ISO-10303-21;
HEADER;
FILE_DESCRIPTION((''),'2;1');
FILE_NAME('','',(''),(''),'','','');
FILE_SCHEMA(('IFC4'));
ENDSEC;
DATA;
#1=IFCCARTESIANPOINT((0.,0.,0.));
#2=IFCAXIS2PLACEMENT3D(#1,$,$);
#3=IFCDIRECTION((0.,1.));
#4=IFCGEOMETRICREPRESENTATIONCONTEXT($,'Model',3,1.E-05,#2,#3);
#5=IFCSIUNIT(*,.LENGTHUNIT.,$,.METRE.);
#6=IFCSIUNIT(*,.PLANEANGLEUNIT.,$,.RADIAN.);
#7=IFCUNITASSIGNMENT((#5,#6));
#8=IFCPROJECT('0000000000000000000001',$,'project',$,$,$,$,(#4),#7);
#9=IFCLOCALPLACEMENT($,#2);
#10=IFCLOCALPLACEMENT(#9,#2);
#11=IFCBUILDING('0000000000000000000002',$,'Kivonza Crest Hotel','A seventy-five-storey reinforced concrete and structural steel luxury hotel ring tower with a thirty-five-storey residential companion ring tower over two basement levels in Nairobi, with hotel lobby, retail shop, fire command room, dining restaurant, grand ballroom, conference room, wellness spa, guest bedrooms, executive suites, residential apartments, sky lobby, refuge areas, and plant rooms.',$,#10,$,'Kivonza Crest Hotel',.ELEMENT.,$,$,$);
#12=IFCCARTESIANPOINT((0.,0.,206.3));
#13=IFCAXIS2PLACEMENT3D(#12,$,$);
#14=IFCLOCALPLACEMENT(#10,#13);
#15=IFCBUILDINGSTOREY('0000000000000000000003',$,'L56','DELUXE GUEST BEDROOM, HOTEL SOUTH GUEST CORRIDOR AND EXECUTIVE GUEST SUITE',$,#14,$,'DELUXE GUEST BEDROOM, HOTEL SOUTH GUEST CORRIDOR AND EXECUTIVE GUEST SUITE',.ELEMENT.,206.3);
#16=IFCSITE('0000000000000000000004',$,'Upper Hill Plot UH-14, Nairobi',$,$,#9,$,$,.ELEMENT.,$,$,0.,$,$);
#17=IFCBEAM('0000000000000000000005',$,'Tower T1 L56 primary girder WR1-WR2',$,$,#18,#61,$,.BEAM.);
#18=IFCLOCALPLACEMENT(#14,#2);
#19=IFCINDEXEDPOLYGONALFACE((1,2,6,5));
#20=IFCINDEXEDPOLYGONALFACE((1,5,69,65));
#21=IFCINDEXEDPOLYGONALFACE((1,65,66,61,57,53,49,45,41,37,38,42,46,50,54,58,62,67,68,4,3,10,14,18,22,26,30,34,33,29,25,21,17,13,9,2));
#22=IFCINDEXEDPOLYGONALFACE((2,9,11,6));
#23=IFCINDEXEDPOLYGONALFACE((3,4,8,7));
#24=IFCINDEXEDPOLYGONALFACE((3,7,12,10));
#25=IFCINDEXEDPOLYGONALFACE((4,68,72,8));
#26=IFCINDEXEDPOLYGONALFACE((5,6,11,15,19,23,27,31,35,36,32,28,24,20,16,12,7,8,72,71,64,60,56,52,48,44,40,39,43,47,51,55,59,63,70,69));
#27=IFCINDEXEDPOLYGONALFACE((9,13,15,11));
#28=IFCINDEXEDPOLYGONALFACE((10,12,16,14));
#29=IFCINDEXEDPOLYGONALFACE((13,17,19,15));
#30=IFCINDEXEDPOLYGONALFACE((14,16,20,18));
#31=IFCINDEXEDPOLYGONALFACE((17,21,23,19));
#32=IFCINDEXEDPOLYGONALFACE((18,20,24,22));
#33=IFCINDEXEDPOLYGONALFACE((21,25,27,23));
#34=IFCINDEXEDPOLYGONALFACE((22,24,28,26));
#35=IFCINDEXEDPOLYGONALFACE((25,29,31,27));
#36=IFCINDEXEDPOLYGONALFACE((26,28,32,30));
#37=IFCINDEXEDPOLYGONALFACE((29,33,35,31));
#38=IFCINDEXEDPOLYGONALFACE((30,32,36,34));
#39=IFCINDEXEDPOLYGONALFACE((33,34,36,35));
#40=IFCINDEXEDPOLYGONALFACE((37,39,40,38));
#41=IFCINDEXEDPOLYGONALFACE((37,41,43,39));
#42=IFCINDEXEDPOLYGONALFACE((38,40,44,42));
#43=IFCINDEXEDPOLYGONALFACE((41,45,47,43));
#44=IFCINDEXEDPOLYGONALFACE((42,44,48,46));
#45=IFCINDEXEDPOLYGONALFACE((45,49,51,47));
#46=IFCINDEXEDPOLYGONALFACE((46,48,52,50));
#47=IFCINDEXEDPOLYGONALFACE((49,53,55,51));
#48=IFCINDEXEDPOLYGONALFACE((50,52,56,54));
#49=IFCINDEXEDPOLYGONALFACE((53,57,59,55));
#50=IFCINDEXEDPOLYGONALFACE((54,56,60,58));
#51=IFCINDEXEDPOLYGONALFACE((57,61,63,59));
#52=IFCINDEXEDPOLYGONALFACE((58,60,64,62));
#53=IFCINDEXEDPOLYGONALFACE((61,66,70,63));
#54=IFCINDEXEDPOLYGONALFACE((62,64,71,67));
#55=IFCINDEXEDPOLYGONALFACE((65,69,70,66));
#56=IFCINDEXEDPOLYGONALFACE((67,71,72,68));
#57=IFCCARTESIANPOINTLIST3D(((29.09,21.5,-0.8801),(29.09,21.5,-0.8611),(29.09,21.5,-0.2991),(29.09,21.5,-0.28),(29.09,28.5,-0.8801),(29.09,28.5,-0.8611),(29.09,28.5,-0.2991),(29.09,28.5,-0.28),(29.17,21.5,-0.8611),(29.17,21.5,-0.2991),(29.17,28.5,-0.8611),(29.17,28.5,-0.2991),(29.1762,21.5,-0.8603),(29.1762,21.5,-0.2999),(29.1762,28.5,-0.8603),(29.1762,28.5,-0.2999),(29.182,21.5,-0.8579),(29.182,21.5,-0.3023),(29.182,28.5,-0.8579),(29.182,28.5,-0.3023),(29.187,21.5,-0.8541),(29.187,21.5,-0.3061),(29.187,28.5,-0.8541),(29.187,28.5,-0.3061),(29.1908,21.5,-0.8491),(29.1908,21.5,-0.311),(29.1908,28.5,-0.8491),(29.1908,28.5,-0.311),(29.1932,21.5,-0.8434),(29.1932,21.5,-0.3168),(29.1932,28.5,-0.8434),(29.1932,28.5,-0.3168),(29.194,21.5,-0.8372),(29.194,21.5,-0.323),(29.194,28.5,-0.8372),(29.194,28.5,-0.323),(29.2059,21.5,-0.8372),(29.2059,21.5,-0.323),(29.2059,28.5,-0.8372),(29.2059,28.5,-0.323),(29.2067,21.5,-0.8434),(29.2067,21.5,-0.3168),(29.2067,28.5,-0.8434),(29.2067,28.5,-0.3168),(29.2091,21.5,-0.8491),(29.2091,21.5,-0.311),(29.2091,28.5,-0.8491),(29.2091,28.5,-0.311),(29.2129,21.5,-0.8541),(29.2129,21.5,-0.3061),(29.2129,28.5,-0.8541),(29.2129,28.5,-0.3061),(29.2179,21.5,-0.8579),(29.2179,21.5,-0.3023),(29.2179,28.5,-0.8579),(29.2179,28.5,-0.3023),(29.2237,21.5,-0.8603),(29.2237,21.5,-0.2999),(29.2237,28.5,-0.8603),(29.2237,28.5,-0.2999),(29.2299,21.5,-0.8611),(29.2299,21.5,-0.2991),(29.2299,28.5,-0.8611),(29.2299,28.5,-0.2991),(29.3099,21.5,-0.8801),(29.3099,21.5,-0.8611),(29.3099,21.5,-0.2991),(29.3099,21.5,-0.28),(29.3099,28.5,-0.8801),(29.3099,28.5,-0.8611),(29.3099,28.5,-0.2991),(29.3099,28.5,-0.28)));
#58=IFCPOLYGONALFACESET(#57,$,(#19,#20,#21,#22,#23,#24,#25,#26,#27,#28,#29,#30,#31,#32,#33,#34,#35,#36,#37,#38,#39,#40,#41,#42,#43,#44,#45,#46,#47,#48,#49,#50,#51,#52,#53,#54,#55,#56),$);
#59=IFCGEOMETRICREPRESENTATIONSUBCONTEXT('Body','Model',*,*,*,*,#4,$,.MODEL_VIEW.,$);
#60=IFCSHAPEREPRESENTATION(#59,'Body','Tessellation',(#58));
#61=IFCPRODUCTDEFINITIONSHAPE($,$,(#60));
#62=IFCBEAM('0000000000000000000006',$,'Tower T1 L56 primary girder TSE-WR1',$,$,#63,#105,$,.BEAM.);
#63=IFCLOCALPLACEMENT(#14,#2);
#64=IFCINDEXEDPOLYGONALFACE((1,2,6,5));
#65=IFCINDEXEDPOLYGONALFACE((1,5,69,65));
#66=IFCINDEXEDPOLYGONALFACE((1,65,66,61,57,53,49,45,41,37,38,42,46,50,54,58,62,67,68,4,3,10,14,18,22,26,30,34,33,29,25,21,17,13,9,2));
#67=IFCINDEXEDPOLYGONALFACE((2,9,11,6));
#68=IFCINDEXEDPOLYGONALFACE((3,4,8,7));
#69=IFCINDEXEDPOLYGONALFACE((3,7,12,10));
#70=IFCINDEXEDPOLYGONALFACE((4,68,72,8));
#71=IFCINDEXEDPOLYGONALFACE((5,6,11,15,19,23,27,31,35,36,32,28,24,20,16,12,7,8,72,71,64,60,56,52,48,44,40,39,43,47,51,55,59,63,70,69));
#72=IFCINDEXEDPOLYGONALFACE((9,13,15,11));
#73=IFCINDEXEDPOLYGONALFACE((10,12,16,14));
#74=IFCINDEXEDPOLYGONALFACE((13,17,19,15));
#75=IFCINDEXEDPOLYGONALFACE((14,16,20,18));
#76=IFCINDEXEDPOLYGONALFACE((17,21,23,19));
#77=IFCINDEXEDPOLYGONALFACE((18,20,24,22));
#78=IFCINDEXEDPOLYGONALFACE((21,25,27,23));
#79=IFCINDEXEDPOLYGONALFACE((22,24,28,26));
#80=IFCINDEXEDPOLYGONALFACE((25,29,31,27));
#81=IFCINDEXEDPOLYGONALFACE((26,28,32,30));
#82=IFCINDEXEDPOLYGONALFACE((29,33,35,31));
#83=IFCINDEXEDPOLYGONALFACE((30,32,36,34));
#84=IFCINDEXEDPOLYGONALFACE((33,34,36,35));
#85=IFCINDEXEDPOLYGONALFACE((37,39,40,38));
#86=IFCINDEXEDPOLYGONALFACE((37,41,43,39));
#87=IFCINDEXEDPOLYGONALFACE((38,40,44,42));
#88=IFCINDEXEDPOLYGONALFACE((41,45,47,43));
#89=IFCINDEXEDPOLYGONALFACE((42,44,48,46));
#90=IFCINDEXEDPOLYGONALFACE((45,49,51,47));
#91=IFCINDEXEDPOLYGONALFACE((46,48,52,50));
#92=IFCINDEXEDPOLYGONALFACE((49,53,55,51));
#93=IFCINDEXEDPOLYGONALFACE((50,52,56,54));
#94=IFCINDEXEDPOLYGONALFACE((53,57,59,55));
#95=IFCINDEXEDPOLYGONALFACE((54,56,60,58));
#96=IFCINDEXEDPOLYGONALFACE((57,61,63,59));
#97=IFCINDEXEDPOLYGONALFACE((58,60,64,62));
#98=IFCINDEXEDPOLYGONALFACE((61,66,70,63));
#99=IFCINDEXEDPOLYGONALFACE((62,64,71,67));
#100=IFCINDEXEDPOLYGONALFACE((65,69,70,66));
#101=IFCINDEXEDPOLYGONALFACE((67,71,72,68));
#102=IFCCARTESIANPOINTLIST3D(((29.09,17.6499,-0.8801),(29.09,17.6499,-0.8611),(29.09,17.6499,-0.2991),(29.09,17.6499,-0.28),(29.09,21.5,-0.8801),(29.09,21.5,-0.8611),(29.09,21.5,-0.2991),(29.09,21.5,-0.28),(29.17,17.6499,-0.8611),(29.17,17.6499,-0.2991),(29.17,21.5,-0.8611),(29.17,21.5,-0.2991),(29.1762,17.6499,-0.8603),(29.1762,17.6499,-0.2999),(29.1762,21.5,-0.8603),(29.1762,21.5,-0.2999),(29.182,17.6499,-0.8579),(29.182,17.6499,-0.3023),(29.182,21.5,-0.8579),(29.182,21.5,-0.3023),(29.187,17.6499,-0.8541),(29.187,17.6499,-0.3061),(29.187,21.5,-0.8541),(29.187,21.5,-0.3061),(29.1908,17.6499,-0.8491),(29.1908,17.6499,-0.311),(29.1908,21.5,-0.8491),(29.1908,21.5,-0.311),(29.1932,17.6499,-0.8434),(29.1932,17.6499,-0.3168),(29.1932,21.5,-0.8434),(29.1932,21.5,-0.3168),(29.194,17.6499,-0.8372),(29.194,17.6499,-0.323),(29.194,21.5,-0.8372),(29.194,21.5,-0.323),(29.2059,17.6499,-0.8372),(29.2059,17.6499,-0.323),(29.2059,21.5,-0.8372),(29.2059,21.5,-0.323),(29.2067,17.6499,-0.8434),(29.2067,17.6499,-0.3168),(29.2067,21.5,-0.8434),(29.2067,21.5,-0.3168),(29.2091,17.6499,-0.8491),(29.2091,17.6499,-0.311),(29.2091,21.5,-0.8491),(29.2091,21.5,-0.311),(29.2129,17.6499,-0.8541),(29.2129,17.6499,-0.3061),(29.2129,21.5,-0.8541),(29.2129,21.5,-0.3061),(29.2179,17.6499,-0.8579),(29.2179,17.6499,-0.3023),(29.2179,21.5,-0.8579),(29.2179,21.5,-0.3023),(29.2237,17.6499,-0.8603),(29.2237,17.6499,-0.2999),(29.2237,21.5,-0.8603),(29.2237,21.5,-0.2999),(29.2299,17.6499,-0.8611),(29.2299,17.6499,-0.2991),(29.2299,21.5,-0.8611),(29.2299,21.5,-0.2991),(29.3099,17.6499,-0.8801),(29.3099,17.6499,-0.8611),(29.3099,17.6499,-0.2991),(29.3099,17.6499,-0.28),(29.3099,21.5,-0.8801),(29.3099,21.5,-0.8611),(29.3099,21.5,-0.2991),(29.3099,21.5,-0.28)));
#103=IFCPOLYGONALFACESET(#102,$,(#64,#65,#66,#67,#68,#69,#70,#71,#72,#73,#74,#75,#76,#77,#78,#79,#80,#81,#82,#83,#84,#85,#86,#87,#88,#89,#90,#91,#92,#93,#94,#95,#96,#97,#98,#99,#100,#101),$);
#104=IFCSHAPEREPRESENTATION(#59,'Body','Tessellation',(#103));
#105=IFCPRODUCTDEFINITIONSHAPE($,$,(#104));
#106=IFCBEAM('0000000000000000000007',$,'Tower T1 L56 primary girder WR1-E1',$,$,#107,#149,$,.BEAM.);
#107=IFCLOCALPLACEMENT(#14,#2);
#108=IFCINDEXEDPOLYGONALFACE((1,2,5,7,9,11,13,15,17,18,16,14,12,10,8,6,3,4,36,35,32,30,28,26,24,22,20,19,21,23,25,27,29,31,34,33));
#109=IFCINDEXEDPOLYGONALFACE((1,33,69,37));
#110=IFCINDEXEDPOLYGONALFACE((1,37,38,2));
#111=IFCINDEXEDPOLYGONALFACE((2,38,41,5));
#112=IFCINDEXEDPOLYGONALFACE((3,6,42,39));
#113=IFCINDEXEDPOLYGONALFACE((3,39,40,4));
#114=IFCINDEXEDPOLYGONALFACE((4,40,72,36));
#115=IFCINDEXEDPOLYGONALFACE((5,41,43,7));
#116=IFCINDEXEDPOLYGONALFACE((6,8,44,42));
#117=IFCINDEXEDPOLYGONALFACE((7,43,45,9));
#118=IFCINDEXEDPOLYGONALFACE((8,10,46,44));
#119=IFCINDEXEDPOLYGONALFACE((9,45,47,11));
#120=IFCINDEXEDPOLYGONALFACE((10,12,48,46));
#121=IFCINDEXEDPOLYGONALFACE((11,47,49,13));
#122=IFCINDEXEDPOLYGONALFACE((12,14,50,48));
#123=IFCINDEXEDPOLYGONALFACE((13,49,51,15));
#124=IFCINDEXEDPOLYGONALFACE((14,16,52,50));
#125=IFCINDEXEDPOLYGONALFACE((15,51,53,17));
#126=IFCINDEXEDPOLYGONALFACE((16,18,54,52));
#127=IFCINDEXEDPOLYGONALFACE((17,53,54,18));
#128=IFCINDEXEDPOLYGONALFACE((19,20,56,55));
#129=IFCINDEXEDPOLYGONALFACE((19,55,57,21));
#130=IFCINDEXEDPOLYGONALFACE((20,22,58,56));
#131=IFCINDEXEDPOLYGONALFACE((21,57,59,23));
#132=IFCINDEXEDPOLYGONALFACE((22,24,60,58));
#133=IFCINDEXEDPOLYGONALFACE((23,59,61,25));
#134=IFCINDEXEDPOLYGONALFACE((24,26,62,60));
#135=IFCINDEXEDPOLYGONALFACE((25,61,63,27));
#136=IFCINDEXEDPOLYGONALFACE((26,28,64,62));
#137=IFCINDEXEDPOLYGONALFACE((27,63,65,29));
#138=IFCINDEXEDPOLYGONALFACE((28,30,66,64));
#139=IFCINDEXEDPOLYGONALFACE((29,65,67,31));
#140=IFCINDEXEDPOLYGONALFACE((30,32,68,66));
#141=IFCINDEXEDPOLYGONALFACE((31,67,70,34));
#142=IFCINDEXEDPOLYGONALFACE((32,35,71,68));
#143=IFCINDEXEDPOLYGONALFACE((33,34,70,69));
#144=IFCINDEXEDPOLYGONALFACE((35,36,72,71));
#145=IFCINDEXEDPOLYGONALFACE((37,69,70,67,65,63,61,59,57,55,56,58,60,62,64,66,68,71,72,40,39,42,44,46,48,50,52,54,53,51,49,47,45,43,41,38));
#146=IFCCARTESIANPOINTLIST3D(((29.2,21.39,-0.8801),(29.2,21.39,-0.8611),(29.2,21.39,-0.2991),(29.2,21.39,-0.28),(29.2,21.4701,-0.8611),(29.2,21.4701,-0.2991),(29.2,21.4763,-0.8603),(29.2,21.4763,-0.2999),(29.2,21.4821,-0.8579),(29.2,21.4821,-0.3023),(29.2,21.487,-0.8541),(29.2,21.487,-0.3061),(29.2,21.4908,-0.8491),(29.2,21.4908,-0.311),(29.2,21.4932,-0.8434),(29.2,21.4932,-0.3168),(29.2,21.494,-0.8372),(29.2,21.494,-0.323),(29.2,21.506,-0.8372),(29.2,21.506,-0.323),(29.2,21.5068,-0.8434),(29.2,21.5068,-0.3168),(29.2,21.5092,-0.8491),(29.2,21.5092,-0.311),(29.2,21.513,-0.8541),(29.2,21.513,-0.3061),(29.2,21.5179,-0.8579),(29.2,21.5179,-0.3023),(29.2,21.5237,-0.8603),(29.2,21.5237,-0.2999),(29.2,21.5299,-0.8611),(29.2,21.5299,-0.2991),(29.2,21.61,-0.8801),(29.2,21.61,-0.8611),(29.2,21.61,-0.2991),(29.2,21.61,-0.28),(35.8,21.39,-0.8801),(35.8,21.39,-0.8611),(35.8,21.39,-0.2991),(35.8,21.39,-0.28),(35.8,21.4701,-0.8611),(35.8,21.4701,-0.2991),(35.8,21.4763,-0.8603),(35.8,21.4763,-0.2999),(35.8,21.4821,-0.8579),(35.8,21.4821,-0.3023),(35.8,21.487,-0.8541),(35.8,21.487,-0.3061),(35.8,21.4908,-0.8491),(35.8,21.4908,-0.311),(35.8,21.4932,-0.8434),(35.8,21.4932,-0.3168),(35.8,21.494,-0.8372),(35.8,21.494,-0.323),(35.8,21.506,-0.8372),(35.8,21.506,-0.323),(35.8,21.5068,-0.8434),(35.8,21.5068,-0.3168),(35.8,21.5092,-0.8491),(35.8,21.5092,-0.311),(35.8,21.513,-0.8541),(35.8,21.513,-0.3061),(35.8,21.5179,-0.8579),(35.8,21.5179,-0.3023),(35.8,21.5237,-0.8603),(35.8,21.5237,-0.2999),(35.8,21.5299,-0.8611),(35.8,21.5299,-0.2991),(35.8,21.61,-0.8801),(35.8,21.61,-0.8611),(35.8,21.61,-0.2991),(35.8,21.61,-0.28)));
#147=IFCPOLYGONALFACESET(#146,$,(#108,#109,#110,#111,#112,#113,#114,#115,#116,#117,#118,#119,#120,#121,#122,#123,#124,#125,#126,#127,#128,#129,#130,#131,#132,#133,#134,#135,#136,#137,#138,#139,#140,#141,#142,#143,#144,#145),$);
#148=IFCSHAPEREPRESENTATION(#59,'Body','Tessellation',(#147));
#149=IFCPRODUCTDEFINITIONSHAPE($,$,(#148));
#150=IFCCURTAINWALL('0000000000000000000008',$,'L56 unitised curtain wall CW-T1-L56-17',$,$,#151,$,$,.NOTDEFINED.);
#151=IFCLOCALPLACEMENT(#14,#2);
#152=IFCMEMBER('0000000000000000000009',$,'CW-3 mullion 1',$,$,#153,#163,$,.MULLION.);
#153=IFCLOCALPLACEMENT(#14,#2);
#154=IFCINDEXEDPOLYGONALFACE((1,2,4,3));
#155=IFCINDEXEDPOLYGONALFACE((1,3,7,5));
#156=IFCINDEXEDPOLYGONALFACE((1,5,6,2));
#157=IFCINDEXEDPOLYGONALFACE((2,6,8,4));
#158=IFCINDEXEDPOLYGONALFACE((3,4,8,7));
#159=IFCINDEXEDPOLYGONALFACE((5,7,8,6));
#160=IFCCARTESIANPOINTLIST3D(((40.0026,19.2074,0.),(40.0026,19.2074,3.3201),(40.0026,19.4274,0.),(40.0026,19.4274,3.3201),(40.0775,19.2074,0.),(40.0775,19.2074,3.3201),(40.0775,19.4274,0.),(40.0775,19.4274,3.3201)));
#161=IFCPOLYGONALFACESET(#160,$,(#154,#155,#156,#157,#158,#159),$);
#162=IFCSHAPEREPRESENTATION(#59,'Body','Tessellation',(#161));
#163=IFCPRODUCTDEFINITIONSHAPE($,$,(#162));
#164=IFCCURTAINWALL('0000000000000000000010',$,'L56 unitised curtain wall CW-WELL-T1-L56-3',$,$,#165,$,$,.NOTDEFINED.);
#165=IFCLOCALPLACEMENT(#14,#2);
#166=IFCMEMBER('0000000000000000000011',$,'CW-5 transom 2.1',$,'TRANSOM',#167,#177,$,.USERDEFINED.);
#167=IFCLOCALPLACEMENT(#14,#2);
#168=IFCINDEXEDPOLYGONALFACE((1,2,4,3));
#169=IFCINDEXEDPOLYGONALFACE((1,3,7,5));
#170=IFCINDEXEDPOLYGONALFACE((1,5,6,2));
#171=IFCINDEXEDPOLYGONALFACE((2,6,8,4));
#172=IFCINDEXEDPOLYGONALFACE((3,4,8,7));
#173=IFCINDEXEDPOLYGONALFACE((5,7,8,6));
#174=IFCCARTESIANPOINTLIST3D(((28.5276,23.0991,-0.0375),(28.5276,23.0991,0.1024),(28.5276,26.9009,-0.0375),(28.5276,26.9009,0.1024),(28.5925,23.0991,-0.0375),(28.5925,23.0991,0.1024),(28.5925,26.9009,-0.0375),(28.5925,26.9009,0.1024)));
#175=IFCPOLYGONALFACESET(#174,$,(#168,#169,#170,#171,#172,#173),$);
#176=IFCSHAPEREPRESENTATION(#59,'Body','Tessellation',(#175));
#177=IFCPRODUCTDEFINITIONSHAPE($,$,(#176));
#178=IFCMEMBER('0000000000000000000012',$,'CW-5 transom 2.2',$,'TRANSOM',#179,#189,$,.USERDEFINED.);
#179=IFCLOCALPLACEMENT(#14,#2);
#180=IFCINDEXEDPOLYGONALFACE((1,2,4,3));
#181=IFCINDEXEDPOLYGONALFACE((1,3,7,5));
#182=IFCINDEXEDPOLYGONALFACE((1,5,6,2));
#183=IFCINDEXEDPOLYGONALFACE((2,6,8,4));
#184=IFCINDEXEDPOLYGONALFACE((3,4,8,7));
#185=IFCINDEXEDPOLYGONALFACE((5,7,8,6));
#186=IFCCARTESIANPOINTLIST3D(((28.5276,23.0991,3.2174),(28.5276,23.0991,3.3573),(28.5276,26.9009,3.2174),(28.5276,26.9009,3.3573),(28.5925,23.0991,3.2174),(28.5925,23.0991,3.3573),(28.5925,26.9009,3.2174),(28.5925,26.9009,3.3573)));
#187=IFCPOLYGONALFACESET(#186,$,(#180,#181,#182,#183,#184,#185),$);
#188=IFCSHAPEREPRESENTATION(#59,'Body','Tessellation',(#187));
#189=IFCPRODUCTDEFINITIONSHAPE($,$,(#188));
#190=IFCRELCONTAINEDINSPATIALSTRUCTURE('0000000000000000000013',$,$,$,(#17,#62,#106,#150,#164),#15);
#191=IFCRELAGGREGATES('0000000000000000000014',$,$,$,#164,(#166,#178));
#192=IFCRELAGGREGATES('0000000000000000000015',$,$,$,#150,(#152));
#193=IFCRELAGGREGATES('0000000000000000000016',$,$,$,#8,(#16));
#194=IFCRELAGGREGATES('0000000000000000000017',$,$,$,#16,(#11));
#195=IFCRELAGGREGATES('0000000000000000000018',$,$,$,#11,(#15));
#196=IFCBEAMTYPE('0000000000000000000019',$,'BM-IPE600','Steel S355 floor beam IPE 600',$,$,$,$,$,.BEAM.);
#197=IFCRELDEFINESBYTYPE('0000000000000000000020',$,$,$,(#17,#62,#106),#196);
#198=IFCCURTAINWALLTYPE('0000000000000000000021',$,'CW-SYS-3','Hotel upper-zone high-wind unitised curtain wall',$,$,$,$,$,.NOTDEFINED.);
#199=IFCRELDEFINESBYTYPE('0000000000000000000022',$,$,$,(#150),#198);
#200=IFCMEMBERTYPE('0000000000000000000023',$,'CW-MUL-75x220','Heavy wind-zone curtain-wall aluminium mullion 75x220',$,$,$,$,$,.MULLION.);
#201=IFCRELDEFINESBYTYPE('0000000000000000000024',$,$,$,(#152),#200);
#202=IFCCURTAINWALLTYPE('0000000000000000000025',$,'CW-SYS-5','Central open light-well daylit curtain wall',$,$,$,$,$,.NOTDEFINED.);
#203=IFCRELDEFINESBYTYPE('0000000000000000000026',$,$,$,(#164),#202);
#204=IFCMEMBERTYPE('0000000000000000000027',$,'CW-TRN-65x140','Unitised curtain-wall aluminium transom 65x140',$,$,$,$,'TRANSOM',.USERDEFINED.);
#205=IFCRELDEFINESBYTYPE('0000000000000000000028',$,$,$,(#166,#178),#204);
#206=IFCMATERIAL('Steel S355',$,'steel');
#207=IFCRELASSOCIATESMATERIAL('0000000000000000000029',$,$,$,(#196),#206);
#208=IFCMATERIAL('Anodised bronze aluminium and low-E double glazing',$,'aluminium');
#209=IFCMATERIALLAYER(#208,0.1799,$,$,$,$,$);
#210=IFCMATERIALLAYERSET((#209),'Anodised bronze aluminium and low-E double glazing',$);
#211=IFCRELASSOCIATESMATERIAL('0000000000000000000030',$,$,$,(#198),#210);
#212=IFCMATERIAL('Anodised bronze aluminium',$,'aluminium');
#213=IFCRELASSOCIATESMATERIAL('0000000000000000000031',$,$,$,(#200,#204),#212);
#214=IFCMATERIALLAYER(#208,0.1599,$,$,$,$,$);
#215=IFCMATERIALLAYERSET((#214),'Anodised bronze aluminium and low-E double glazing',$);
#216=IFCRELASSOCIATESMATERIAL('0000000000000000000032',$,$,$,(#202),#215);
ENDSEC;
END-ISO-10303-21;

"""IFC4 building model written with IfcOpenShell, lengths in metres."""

from ifc_helpers import new_model, si_unit, direction, frame, origin, origin_2d, place, context, subcontext, project, spatial, rectangle, i_section, extrude, material, layer, layer_set, material_profile, profile_set, type_object, element, aggregate, save


model = new_model("IFC4")

# Units and contexts
model_context = context("Model", 3, precision=1e-05, world=origin(), true_north=direction((0.0, 1.0)))
body_context = subcontext(model_context, "Body", "Model", "MODEL_VIEW")
ifc_project = project(units=[si_unit("LENGTHUNIT", "METRE"), si_unit("PLANEANGLEUNIT", "RADIAN")], contexts=[model_context])

# Site, building, storey
site_placement = place(None, origin())
site = spatial("IfcSite", under=ifc_project, at=site_placement, Name="Upper Hill Plot UH-14, Nairobi", CompositionType="ELEMENT", RefElevation=0.0)
building_placement = place(site_placement, origin())
building = spatial("IfcBuilding", under=site, at=building_placement, Name="Kivonza Crest Hotel", Description="A seventy-five-storey reinforced concrete and structural steel luxury hotel ring tower with a thirty-five-storey residential companion ring tower over two basement levels in Nairobi, with hotel lobby, retail shop, fire command room, dining restaurant, grand ballroom, conference room, wellness spa, guest bedrooms, executive suites, residential apartments, sky lobby, refuge areas, and plant rooms.", LongName="Kivonza Crest Hotel", CompositionType="ELEMENT")
storey_placement = place(building_placement, frame((0.0, 0.0, 206.3)))
storey = spatial("IfcBuildingStorey", under=building, at=storey_placement, Name="L56", Description="DELUXE GUEST BEDROOM, HOTEL SOUTH GUEST CORRIDOR AND EXECUTIVE GUEST SUITE", LongName="DELUXE GUEST BEDROOM, HOTEL SOUTH GUEST CORRIDOR AND EXECUTIVE GUEST SUITE", CompositionType="ELEMENT", Elevation=206.3)

# Beams
ifc_material_1 = material(Name="Steel S355", Category="steel")
ifc_material_profile_1 = material_profile(ifc_material_1, i_section(OverallWidth=0.22, OverallDepth=0.6001, WebThickness=0.012, FlangeThickness=0.019, FilletRadius=0.0239, at=origin_2d()), Name="IPE 600")
ifc_profile_set_1 = profile_set([ifc_material_profile_1], Name="Steel S355")
beam_type_1 = type_object("IfcBeamType", Name="BM-IPE600", Description="Steel S355 floor beam IPE 600", PredefinedType="BEAM", material=ifc_profile_set_1)
beam_1_placement = place(storey_placement, frame((29.2, 21.5, -0.5801), z_axis=(0.0, 1.0, 0.0), x_axis=(-1.0, 0.0, 0.0)))
element("IfcBeam", 1, at=beam_1_placement, inside=storey, type_object=beam_type_1, Name="Tower T1 L56 primary girder WR1-WR2", PredefinedType="BEAM", context=body_context, shape_type="SweptSolid", body=[
    extrude(i_section(OverallWidth=0.22, OverallDepth=0.6001, WebThickness=0.012, FlangeThickness=0.019, FilletRadius=0.0239, at=origin_2d()), origin(), (0.0, 0.0, 1.0), 7.0),
])
beam_2_placement = place(storey_placement, frame((29.2, 17.6499, -0.5801), z_axis=(0.0, 1.0, 0.0), x_axis=(-1.0, 0.0, 0.0)))
element("IfcBeam", 2, at=beam_2_placement, inside=storey, type_object=beam_type_1, Name="Tower T1 L56 primary girder TSE-WR1", PredefinedType="BEAM", context=body_context, shape_type="SweptSolid", body=[
    extrude(i_section(OverallWidth=0.22, OverallDepth=0.6001, WebThickness=0.012, FlangeThickness=0.019, FilletRadius=0.0239, at=origin_2d()), origin(), (0.0, 0.0, 1.0), 3.8501),
])
beam_3_placement = place(storey_placement, frame((29.2, 21.5, -0.5801), z_axis=(1.0, 0.0, 0.0), x_axis=(0.0, 1.0, 0.0)))
element("IfcBeam", 3, at=beam_3_placement, inside=storey, type_object=beam_type_1, Name="Tower T1 L56 primary girder WR1-E1", PredefinedType="BEAM", context=body_context, shape_type="SweptSolid", body=[
    extrude(i_section(OverallWidth=0.22, OverallDepth=0.6001, WebThickness=0.012, FlangeThickness=0.019, FilletRadius=0.0239, at=origin_2d()), origin(), (0.0, 0.0, 1.0), 6.6001),
])

# Curtain wall, member
ifc_material_2 = material(Name="Anodised bronze aluminium and low-E double glazing", Category="aluminium")
ifc_layer_1 = layer(ifc_material_2, 0.1799)
ifc_layer_set_1 = layer_set([ifc_layer_1], Name="Anodised bronze aluminium and low-E double glazing")
curtain_wall_type_1 = type_object("IfcCurtainWallType", Name="CW-SYS-3", Description="Hotel upper-zone high-wind unitised curtain wall", PredefinedType="NOTDEFINED", material=ifc_layer_set_1)
curtain_wall_1_placement = place(storey_placement, origin())
curtain_wall_1 = element("IfcCurtainWall", 4, at=curtain_wall_1_placement, inside=storey, type_object=curtain_wall_type_1, Name="L56 unitised curtain wall CW-T1-L56-17", PredefinedType="NOTDEFINED")
ifc_material_3 = material(Name="Anodised bronze aluminium", Category="aluminium")
ifc_material_profile_2 = material_profile(ifc_material_3, rectangle(XDim=0.075, YDim=0.22, at=origin_2d()), Name="CW-M 75x220")
ifc_profile_set_2 = profile_set([ifc_material_profile_2], Name="Anodised bronze aluminium")
member_type_1 = type_object("IfcMemberType", Name="CW-MUL-75x220", Description="Heavy wind-zone curtain-wall aluminium mullion 75x220", PredefinedType="MULLION", material=ifc_profile_set_2)
member_1_placement = place(storey_placement, frame((40.04, 19.3174, 0.0), z_axis=(0.0, 0.0, 1.0), x_axis=(-1.0, 0.0, 0.0)))
member_1 = element("IfcMember", 5, at=member_1_placement, type_object=member_type_1, Name="CW-3 mullion 1", PredefinedType="MULLION", context=body_context, shape_type="SweptSolid", body=[
    extrude(rectangle(XDim=0.075, YDim=0.22, at=origin_2d()), origin(), (0.0, 0.0, 1.0), 3.3201),
])

# Curtain wall, members
ifc_layer_2 = layer(ifc_material_2, 0.1599)
ifc_layer_set_2 = layer_set([ifc_layer_2], Name="Anodised bronze aluminium and low-E double glazing")
curtain_wall_type_2 = type_object("IfcCurtainWallType", Name="CW-SYS-5", Description="Central open light-well daylit curtain wall", PredefinedType="NOTDEFINED", material=ifc_layer_set_2)
curtain_wall_2_placement = place(storey_placement, origin())
curtain_wall_2 = element("IfcCurtainWall", 6, at=curtain_wall_2_placement, inside=storey, type_object=curtain_wall_type_2, Name="L56 unitised curtain wall CW-WELL-T1-L56-3", PredefinedType="NOTDEFINED")
ifc_material_profile_3 = material_profile(ifc_material_3, rectangle(XDim=0.0649, YDim=0.1399, at=origin_2d()), Name="CW-T 65x140")
ifc_profile_set_3 = profile_set([ifc_material_profile_3], Name="Anodised bronze aluminium")
member_type_2 = type_object("IfcMemberType", Name="CW-TRN-65x140", Description="Unitised curtain-wall aluminium transom 65x140", ElementType="TRANSOM", PredefinedType="USERDEFINED", material=ifc_profile_set_3)
member_2_placement = place(storey_placement, frame((28.5601, 23.0991, 0.0325), z_axis=(0.0, 1.0, 0.0), x_axis=(-1.0, 0.0, 0.0)))
member_2 = element("IfcMember", 7, at=member_2_placement, type_object=member_type_2, Name="CW-5 transom 2.1", ObjectType="TRANSOM", PredefinedType="USERDEFINED", context=body_context, shape_type="SweptSolid", body=[
    extrude(rectangle(XDim=0.0649, YDim=0.1399, at=origin_2d()), origin(), (0.0, 0.0, 1.0), 3.8018),
])
member_3_placement = place(storey_placement, frame((28.5601, 23.0991, 3.2874), z_axis=(0.0, 1.0, 0.0), x_axis=(-1.0, 0.0, 0.0)))
member_3 = element("IfcMember", 8, at=member_3_placement, type_object=member_type_2, Name="CW-5 transom 2.2", ObjectType="TRANSOM", PredefinedType="USERDEFINED", context=body_context, shape_type="SweptSolid", body=[
    extrude(rectangle(XDim=0.0649, YDim=0.1399, at=origin_2d()), origin(), (0.0, 0.0, 1.0), 3.8018),
])
aggregate(curtain_wall_2, [member_2, member_3])

aggregate(curtain_wall_1, [member_1])

save(model, "model.ifc")
